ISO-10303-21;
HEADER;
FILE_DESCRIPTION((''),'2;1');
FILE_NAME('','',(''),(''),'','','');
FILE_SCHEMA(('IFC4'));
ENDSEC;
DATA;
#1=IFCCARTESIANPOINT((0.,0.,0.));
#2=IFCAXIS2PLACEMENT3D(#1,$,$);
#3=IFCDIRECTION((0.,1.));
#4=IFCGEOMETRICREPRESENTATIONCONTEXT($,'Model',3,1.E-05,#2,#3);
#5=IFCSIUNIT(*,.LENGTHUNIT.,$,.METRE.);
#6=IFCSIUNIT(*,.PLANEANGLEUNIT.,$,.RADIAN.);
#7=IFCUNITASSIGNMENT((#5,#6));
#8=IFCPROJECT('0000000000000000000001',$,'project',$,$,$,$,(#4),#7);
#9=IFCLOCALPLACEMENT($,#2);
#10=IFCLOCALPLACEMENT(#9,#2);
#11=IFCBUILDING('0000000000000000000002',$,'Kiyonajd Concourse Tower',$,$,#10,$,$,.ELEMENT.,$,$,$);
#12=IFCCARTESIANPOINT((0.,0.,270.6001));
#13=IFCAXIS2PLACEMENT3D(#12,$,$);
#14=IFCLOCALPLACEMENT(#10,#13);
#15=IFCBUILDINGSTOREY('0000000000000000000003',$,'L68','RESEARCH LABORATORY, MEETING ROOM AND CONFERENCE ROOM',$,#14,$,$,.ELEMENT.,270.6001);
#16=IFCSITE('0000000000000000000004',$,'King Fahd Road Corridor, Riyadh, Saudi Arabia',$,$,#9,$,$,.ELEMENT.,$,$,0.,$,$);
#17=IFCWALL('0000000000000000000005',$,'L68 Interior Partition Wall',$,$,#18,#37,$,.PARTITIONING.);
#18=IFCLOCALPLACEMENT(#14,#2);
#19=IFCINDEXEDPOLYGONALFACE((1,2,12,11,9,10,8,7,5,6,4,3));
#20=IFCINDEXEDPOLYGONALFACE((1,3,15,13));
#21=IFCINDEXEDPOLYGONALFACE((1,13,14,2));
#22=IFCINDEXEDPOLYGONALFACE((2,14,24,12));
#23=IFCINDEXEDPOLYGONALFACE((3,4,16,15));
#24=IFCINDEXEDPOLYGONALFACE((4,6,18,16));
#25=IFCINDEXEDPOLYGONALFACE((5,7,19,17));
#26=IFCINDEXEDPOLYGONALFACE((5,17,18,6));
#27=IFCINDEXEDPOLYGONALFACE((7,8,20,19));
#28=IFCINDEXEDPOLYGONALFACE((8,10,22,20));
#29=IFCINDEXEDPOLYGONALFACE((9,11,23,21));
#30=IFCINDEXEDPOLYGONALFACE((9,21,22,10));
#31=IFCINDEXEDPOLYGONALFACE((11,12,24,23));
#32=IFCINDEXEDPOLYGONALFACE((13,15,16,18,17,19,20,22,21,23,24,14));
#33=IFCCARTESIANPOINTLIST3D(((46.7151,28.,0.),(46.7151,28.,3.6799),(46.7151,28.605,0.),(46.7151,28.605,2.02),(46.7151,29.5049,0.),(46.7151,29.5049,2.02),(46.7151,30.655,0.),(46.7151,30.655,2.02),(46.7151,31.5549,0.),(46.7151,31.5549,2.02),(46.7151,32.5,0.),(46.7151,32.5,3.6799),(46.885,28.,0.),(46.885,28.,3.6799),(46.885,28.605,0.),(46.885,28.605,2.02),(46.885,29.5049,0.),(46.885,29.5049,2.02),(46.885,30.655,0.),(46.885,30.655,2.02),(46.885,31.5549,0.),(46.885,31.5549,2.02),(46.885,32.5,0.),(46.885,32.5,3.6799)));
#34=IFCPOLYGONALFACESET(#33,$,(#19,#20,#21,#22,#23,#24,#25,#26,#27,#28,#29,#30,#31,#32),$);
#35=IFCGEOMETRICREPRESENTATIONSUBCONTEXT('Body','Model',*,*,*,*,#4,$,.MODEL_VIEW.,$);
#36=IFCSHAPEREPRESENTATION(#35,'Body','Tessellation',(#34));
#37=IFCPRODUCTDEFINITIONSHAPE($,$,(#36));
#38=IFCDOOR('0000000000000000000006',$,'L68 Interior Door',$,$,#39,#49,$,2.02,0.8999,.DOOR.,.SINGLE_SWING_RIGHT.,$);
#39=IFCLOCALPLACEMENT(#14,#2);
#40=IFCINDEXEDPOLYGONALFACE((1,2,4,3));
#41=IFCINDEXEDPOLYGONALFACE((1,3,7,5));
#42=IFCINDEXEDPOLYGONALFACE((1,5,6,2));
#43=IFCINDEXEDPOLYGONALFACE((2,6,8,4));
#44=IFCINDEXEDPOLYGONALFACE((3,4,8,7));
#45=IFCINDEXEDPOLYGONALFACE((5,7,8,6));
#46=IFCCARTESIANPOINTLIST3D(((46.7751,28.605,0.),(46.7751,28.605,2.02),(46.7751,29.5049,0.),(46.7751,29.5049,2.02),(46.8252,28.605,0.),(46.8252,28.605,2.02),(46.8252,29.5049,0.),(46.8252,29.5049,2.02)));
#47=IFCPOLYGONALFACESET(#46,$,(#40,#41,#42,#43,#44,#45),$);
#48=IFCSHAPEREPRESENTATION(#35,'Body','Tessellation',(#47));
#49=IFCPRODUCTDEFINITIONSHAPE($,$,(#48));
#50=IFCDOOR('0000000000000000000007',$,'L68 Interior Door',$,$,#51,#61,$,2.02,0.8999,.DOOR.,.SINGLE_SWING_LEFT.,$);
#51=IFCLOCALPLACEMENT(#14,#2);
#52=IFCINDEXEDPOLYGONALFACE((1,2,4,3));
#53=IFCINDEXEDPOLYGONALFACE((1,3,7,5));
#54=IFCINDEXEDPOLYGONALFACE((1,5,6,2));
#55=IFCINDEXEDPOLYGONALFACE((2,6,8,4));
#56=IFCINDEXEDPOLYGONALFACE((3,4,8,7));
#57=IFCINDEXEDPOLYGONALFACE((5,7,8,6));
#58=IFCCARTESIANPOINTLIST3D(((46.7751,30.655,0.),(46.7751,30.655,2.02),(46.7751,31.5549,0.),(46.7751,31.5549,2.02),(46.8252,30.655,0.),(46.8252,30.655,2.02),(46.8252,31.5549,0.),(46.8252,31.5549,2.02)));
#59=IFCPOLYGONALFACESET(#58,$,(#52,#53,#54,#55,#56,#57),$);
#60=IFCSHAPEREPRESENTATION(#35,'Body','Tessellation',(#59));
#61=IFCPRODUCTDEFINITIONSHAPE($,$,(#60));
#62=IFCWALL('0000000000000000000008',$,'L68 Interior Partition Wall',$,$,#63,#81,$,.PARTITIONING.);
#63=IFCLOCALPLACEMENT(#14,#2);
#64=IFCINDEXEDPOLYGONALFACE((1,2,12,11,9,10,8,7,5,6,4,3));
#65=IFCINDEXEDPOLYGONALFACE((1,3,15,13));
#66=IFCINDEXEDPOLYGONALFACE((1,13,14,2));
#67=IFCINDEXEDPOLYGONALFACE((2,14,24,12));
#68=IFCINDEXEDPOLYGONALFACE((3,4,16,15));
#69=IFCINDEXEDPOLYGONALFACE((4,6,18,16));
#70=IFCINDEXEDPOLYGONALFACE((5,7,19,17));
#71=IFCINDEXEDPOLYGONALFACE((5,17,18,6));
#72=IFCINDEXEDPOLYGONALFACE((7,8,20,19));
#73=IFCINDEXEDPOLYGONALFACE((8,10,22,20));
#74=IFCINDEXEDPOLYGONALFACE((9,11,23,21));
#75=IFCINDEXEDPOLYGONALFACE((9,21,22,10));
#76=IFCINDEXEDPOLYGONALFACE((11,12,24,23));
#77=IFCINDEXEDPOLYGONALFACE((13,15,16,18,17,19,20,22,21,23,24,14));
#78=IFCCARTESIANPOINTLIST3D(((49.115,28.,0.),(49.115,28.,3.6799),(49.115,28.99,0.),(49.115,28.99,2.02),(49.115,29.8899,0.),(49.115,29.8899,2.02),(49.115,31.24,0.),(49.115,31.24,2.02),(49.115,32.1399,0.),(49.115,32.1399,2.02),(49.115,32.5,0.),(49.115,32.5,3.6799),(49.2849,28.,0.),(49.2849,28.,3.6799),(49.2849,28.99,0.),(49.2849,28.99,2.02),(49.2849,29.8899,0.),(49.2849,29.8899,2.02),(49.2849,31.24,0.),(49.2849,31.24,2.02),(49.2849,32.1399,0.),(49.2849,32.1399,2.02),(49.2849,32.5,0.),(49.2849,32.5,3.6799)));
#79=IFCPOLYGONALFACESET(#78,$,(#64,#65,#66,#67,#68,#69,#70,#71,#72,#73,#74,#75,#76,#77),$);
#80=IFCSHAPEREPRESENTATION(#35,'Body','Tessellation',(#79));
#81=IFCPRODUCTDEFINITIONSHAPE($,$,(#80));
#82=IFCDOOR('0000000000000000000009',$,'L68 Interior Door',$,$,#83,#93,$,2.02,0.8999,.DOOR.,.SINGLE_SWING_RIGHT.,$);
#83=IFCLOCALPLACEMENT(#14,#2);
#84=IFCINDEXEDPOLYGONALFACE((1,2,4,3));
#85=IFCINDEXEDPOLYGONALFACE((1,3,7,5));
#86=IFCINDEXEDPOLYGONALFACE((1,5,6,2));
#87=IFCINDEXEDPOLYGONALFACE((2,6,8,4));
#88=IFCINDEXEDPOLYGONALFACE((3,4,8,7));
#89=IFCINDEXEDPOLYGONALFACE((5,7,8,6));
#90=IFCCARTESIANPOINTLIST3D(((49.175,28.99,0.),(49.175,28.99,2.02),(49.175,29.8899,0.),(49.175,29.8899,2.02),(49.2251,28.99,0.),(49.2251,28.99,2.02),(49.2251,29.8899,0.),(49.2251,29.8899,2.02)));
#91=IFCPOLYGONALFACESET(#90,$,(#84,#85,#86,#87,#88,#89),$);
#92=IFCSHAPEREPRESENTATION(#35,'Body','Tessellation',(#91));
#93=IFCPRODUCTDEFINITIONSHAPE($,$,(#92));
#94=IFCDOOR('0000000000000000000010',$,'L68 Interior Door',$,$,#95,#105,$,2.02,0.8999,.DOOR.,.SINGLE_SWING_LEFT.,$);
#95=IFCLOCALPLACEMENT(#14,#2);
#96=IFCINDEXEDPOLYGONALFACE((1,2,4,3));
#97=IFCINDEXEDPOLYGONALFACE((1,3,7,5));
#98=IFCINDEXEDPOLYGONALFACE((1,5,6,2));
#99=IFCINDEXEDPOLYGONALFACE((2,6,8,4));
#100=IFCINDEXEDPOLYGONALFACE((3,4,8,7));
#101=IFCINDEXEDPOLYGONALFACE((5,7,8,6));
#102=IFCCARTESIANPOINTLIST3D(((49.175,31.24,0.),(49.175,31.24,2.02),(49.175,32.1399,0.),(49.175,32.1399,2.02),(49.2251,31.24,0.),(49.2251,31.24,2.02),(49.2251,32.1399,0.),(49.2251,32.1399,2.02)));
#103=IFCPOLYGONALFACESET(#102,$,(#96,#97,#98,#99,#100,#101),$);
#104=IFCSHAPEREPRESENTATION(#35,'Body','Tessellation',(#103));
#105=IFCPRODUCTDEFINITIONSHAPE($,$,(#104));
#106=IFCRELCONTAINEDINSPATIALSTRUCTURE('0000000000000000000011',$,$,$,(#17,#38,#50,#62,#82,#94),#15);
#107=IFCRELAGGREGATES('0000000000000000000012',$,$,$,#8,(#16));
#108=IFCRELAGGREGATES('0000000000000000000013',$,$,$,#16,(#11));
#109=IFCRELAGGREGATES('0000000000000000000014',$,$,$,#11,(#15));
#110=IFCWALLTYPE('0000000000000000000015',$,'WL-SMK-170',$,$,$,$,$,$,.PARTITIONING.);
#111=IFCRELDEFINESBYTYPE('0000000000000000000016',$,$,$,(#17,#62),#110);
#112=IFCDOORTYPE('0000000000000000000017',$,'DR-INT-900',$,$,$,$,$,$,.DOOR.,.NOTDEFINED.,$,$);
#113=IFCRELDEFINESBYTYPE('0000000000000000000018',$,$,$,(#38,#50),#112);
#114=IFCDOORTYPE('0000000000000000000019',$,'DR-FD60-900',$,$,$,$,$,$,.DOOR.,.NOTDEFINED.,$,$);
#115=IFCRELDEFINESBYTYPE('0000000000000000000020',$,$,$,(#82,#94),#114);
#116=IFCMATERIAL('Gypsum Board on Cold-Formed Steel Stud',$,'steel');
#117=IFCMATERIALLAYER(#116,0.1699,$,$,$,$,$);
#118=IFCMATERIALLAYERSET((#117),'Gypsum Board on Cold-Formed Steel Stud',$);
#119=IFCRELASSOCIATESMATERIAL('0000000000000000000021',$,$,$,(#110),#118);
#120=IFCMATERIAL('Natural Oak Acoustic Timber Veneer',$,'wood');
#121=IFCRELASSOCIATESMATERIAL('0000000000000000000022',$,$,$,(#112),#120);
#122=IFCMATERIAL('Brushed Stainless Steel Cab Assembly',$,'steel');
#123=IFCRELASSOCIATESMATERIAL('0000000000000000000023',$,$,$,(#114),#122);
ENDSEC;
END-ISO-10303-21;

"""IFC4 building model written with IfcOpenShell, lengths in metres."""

from ifc_helpers import new_model, si_unit, direction, frame, frame_2d, origin, place, context, subcontext, project, spatial, rectangle, extrude, material, layer, layer_set, type_object, element, fill, save


model = new_model("IFC4")

# Units and contexts
model_context = context("Model", 3, precision=1e-05, world=origin(), true_north=direction((0.0, 1.0)))
body_context = subcontext(model_context, "Body", "Model", "MODEL_VIEW")
ifc_project = project(units=[si_unit("LENGTHUNIT", "METRE"), si_unit("PLANEANGLEUNIT", "RADIAN")], contexts=[model_context])

# Site, building, storey
site_placement = place(None, origin())
site = spatial("IfcSite", under=ifc_project, at=site_placement, Name="King Fahd Road Corridor, Riyadh, Saudi Arabia", CompositionType="ELEMENT", RefElevation=0.0)
building_placement = place(site_placement, origin())
building = spatial("IfcBuilding", under=site, at=building_placement, Name="Kiyonajd Concourse Tower", CompositionType="ELEMENT")
storey_placement = place(building_placement, frame((0.0, 0.0, 270.6001)))
storey = spatial("IfcBuildingStorey", under=building, at=storey_placement, Name="L68", Description="RESEARCH LABORATORY, MEETING ROOM AND CONFERENCE ROOM", CompositionType="ELEMENT", Elevation=270.6001)

# Shared definitions
ifc_material_1 = material(Name="Brushed Stainless Steel Cab Assembly", Category="steel")

# Walls, openings, doors
ifc_material_2 = material(Name="Gypsum Board on Cold-Formed Steel Stud", Category="steel")
ifc_layer_1 = layer(ifc_material_2, 0.1699)
ifc_layer_set_1 = layer_set([ifc_layer_1], Name="Gypsum Board on Cold-Formed Steel Stud")
wall_type_1 = type_object("IfcWallType", Name="WL-SMK-170", PredefinedType="PARTITIONING", material=ifc_layer_set_1)
wall_1_placement = place(storey_placement, frame((46.8, 28.0, 0.0), z_axis=(0.0, 0.0, 1.0), x_axis=(0.0, 1.0, 0.0)))
wall_1 = element("IfcWall", 1, at=wall_1_placement, inside=storey, type_object=wall_type_1, Name="L68 Interior Partition Wall", PredefinedType="PARTITIONING", context=body_context, shape_type="SweptSolid", body=[
    extrude(rectangle(XDim=4.5, YDim=0.1699, at=frame_2d((2.25, 0.0))), origin(), (0.0, 0.0, 1.0), 3.6799),
])
opening_1_placement = place(wall_1_placement, frame((0.605, 0.0, 0.0)))
opening_1 = element("IfcOpeningElement", 2, at=opening_1_placement, cuts=wall_1, PredefinedType="OPENING", context=body_context, shape_type="SweptSolid", body=[
    extrude(rectangle(XDim=0.8999, YDim=2.02, at=frame_2d((0.45, 1.01))), frame((0.0, 0.095, 0.0), z_axis=(0.0, -1.0, 0.0), x_axis=(1.0, 0.0, 0.0)), (0.0, 0.0, 1.0), 0.1899),
])
opening_2_placement = place(wall_1_placement, frame((2.655, 0.0, 0.0)))
opening_2 = element("IfcOpeningElement", 3, at=opening_2_placement, cuts=wall_1, PredefinedType="OPENING", context=body_context, shape_type="SweptSolid", body=[
    extrude(rectangle(XDim=0.8999, YDim=2.02, at=frame_2d((0.45, 1.01))), frame((0.0, 0.095, 0.0), z_axis=(0.0, -1.0, 0.0), x_axis=(1.0, 0.0, 0.0)), (0.0, 0.0, 1.0), 0.1899),
])
ifc_material_3 = material(Name="Natural Oak Acoustic Timber Veneer", Category="wood")
door_type_1 = type_object("IfcDoorType", Name="DR-INT-900", OperationType="NOTDEFINED", PredefinedType="DOOR", material=ifc_material_3)
door_1_placement = place(opening_1_placement, origin())
door_1 = element("IfcDoor", 4, at=door_1_placement, inside=storey, type_object=door_type_1, Name="L68 Interior Door", OperationType="SINGLE_SWING_RIGHT", OverallHeight=2.02, OverallWidth=0.8999, PredefinedType="DOOR", context=body_context, shape_type="SweptSolid", body=[
    extrude(rectangle(XDim=0.8999, YDim=2.02, at=frame_2d((0.45, 1.01))), frame((0.0, 0.0249, 0.0), z_axis=(0.0, -1.0, 0.0), x_axis=(1.0, 0.0, 0.0)), (0.0, 0.0, 1.0), 0.05),
])
fill(opening_1, door_1)
door_2_placement = place(opening_2_placement, origin())
door_2 = element("IfcDoor", 5, at=door_2_placement, inside=storey, type_object=door_type_1, Name="L68 Interior Door", OperationType="SINGLE_SWING_LEFT", OverallHeight=2.02, OverallWidth=0.8999, PredefinedType="DOOR", context=body_context, shape_type="SweptSolid", body=[
    extrude(rectangle(XDim=0.8999, YDim=2.02, at=frame_2d((0.45, 1.01))), frame((0.0, 0.0249, 0.0), z_axis=(0.0, -1.0, 0.0), x_axis=(1.0, 0.0, 0.0)), (0.0, 0.0, 1.0), 0.05),
])
fill(opening_2, door_2)
wall_2_placement = place(storey_placement, frame((49.2, 28.0, 0.0), z_axis=(0.0, 0.0, 1.0), x_axis=(0.0, 1.0, 0.0)))
wall_2 = element("IfcWall", 6, at=wall_2_placement, inside=storey, type_object=wall_type_1, Name="L68 Interior Partition Wall", PredefinedType="PARTITIONING", context=body_context, shape_type="SweptSolid", body=[
    extrude(rectangle(XDim=4.5, YDim=0.1699, at=frame_2d((2.25, 0.0))), origin(), (0.0, 0.0, 1.0), 3.6799),
])
opening_3_placement = place(wall_2_placement, frame((0.99, 0.0, 0.0)))
opening_3 = element("IfcOpeningElement", 7, at=opening_3_placement, cuts=wall_2, PredefinedType="OPENING", context=body_context, shape_type="SweptSolid", body=[
    extrude(rectangle(XDim=0.8999, YDim=2.02, at=frame_2d((0.45, 1.01))), frame((0.0, 0.095, 0.0), z_axis=(0.0, -1.0, 0.0), x_axis=(1.0, 0.0, 0.0)), (0.0, 0.0, 1.0), 0.1899),
])
opening_4_placement = place(wall_2_placement, frame((3.24, 0.0, 0.0)))
opening_4 = element("IfcOpeningElement", 8, at=opening_4_placement, cuts=wall_2, PredefinedType="OPENING", context=body_context, shape_type="SweptSolid", body=[
    extrude(rectangle(XDim=0.8999, YDim=2.02, at=frame_2d((0.45, 1.01))), frame((0.0, 0.095, 0.0), z_axis=(0.0, -1.0, 0.0), x_axis=(1.0, 0.0, 0.0)), (0.0, 0.0, 1.0), 0.1899),
])
door_type_2 = type_object("IfcDoorType", Name="DR-FD60-900", OperationType="NOTDEFINED", PredefinedType="DOOR", material=ifc_material_1)
door_3_placement = place(opening_3_placement, origin())
door_3 = element("IfcDoor", 9, at=door_3_placement, inside=storey, type_object=door_type_2, Name="L68 Interior Door", OperationType="SINGLE_SWING_RIGHT", OverallHeight=2.02, OverallWidth=0.8999, PredefinedType="DOOR", context=body_context, shape_type="SweptSolid", body=[
    extrude(rectangle(XDim=0.8999, YDim=2.02, at=frame_2d((0.45, 1.01))), frame((0.0, 0.0249, 0.0), z_axis=(0.0, -1.0, 0.0), x_axis=(1.0, 0.0, 0.0)), (0.0, 0.0, 1.0), 0.05),
])
fill(opening_3, door_3)
door_4_placement = place(opening_4_placement, origin())
door_4 = element("IfcDoor", 10, at=door_4_placement, inside=storey, type_object=door_type_2, Name="L68 Interior Door", OperationType="SINGLE_SWING_LEFT", OverallHeight=2.02, OverallWidth=0.8999, PredefinedType="DOOR", context=body_context, shape_type="SweptSolid", body=[
    extrude(rectangle(XDim=0.8999, YDim=2.02, at=frame_2d((0.45, 1.01))), frame((0.0, 0.0249, 0.0), z_axis=(0.0, -1.0, 0.0), x_axis=(1.0, 0.0, 0.0)), (0.0, 0.0, 1.0), 0.05),
])
fill(opening_4, door_4)

save(model, "model.ifc")
